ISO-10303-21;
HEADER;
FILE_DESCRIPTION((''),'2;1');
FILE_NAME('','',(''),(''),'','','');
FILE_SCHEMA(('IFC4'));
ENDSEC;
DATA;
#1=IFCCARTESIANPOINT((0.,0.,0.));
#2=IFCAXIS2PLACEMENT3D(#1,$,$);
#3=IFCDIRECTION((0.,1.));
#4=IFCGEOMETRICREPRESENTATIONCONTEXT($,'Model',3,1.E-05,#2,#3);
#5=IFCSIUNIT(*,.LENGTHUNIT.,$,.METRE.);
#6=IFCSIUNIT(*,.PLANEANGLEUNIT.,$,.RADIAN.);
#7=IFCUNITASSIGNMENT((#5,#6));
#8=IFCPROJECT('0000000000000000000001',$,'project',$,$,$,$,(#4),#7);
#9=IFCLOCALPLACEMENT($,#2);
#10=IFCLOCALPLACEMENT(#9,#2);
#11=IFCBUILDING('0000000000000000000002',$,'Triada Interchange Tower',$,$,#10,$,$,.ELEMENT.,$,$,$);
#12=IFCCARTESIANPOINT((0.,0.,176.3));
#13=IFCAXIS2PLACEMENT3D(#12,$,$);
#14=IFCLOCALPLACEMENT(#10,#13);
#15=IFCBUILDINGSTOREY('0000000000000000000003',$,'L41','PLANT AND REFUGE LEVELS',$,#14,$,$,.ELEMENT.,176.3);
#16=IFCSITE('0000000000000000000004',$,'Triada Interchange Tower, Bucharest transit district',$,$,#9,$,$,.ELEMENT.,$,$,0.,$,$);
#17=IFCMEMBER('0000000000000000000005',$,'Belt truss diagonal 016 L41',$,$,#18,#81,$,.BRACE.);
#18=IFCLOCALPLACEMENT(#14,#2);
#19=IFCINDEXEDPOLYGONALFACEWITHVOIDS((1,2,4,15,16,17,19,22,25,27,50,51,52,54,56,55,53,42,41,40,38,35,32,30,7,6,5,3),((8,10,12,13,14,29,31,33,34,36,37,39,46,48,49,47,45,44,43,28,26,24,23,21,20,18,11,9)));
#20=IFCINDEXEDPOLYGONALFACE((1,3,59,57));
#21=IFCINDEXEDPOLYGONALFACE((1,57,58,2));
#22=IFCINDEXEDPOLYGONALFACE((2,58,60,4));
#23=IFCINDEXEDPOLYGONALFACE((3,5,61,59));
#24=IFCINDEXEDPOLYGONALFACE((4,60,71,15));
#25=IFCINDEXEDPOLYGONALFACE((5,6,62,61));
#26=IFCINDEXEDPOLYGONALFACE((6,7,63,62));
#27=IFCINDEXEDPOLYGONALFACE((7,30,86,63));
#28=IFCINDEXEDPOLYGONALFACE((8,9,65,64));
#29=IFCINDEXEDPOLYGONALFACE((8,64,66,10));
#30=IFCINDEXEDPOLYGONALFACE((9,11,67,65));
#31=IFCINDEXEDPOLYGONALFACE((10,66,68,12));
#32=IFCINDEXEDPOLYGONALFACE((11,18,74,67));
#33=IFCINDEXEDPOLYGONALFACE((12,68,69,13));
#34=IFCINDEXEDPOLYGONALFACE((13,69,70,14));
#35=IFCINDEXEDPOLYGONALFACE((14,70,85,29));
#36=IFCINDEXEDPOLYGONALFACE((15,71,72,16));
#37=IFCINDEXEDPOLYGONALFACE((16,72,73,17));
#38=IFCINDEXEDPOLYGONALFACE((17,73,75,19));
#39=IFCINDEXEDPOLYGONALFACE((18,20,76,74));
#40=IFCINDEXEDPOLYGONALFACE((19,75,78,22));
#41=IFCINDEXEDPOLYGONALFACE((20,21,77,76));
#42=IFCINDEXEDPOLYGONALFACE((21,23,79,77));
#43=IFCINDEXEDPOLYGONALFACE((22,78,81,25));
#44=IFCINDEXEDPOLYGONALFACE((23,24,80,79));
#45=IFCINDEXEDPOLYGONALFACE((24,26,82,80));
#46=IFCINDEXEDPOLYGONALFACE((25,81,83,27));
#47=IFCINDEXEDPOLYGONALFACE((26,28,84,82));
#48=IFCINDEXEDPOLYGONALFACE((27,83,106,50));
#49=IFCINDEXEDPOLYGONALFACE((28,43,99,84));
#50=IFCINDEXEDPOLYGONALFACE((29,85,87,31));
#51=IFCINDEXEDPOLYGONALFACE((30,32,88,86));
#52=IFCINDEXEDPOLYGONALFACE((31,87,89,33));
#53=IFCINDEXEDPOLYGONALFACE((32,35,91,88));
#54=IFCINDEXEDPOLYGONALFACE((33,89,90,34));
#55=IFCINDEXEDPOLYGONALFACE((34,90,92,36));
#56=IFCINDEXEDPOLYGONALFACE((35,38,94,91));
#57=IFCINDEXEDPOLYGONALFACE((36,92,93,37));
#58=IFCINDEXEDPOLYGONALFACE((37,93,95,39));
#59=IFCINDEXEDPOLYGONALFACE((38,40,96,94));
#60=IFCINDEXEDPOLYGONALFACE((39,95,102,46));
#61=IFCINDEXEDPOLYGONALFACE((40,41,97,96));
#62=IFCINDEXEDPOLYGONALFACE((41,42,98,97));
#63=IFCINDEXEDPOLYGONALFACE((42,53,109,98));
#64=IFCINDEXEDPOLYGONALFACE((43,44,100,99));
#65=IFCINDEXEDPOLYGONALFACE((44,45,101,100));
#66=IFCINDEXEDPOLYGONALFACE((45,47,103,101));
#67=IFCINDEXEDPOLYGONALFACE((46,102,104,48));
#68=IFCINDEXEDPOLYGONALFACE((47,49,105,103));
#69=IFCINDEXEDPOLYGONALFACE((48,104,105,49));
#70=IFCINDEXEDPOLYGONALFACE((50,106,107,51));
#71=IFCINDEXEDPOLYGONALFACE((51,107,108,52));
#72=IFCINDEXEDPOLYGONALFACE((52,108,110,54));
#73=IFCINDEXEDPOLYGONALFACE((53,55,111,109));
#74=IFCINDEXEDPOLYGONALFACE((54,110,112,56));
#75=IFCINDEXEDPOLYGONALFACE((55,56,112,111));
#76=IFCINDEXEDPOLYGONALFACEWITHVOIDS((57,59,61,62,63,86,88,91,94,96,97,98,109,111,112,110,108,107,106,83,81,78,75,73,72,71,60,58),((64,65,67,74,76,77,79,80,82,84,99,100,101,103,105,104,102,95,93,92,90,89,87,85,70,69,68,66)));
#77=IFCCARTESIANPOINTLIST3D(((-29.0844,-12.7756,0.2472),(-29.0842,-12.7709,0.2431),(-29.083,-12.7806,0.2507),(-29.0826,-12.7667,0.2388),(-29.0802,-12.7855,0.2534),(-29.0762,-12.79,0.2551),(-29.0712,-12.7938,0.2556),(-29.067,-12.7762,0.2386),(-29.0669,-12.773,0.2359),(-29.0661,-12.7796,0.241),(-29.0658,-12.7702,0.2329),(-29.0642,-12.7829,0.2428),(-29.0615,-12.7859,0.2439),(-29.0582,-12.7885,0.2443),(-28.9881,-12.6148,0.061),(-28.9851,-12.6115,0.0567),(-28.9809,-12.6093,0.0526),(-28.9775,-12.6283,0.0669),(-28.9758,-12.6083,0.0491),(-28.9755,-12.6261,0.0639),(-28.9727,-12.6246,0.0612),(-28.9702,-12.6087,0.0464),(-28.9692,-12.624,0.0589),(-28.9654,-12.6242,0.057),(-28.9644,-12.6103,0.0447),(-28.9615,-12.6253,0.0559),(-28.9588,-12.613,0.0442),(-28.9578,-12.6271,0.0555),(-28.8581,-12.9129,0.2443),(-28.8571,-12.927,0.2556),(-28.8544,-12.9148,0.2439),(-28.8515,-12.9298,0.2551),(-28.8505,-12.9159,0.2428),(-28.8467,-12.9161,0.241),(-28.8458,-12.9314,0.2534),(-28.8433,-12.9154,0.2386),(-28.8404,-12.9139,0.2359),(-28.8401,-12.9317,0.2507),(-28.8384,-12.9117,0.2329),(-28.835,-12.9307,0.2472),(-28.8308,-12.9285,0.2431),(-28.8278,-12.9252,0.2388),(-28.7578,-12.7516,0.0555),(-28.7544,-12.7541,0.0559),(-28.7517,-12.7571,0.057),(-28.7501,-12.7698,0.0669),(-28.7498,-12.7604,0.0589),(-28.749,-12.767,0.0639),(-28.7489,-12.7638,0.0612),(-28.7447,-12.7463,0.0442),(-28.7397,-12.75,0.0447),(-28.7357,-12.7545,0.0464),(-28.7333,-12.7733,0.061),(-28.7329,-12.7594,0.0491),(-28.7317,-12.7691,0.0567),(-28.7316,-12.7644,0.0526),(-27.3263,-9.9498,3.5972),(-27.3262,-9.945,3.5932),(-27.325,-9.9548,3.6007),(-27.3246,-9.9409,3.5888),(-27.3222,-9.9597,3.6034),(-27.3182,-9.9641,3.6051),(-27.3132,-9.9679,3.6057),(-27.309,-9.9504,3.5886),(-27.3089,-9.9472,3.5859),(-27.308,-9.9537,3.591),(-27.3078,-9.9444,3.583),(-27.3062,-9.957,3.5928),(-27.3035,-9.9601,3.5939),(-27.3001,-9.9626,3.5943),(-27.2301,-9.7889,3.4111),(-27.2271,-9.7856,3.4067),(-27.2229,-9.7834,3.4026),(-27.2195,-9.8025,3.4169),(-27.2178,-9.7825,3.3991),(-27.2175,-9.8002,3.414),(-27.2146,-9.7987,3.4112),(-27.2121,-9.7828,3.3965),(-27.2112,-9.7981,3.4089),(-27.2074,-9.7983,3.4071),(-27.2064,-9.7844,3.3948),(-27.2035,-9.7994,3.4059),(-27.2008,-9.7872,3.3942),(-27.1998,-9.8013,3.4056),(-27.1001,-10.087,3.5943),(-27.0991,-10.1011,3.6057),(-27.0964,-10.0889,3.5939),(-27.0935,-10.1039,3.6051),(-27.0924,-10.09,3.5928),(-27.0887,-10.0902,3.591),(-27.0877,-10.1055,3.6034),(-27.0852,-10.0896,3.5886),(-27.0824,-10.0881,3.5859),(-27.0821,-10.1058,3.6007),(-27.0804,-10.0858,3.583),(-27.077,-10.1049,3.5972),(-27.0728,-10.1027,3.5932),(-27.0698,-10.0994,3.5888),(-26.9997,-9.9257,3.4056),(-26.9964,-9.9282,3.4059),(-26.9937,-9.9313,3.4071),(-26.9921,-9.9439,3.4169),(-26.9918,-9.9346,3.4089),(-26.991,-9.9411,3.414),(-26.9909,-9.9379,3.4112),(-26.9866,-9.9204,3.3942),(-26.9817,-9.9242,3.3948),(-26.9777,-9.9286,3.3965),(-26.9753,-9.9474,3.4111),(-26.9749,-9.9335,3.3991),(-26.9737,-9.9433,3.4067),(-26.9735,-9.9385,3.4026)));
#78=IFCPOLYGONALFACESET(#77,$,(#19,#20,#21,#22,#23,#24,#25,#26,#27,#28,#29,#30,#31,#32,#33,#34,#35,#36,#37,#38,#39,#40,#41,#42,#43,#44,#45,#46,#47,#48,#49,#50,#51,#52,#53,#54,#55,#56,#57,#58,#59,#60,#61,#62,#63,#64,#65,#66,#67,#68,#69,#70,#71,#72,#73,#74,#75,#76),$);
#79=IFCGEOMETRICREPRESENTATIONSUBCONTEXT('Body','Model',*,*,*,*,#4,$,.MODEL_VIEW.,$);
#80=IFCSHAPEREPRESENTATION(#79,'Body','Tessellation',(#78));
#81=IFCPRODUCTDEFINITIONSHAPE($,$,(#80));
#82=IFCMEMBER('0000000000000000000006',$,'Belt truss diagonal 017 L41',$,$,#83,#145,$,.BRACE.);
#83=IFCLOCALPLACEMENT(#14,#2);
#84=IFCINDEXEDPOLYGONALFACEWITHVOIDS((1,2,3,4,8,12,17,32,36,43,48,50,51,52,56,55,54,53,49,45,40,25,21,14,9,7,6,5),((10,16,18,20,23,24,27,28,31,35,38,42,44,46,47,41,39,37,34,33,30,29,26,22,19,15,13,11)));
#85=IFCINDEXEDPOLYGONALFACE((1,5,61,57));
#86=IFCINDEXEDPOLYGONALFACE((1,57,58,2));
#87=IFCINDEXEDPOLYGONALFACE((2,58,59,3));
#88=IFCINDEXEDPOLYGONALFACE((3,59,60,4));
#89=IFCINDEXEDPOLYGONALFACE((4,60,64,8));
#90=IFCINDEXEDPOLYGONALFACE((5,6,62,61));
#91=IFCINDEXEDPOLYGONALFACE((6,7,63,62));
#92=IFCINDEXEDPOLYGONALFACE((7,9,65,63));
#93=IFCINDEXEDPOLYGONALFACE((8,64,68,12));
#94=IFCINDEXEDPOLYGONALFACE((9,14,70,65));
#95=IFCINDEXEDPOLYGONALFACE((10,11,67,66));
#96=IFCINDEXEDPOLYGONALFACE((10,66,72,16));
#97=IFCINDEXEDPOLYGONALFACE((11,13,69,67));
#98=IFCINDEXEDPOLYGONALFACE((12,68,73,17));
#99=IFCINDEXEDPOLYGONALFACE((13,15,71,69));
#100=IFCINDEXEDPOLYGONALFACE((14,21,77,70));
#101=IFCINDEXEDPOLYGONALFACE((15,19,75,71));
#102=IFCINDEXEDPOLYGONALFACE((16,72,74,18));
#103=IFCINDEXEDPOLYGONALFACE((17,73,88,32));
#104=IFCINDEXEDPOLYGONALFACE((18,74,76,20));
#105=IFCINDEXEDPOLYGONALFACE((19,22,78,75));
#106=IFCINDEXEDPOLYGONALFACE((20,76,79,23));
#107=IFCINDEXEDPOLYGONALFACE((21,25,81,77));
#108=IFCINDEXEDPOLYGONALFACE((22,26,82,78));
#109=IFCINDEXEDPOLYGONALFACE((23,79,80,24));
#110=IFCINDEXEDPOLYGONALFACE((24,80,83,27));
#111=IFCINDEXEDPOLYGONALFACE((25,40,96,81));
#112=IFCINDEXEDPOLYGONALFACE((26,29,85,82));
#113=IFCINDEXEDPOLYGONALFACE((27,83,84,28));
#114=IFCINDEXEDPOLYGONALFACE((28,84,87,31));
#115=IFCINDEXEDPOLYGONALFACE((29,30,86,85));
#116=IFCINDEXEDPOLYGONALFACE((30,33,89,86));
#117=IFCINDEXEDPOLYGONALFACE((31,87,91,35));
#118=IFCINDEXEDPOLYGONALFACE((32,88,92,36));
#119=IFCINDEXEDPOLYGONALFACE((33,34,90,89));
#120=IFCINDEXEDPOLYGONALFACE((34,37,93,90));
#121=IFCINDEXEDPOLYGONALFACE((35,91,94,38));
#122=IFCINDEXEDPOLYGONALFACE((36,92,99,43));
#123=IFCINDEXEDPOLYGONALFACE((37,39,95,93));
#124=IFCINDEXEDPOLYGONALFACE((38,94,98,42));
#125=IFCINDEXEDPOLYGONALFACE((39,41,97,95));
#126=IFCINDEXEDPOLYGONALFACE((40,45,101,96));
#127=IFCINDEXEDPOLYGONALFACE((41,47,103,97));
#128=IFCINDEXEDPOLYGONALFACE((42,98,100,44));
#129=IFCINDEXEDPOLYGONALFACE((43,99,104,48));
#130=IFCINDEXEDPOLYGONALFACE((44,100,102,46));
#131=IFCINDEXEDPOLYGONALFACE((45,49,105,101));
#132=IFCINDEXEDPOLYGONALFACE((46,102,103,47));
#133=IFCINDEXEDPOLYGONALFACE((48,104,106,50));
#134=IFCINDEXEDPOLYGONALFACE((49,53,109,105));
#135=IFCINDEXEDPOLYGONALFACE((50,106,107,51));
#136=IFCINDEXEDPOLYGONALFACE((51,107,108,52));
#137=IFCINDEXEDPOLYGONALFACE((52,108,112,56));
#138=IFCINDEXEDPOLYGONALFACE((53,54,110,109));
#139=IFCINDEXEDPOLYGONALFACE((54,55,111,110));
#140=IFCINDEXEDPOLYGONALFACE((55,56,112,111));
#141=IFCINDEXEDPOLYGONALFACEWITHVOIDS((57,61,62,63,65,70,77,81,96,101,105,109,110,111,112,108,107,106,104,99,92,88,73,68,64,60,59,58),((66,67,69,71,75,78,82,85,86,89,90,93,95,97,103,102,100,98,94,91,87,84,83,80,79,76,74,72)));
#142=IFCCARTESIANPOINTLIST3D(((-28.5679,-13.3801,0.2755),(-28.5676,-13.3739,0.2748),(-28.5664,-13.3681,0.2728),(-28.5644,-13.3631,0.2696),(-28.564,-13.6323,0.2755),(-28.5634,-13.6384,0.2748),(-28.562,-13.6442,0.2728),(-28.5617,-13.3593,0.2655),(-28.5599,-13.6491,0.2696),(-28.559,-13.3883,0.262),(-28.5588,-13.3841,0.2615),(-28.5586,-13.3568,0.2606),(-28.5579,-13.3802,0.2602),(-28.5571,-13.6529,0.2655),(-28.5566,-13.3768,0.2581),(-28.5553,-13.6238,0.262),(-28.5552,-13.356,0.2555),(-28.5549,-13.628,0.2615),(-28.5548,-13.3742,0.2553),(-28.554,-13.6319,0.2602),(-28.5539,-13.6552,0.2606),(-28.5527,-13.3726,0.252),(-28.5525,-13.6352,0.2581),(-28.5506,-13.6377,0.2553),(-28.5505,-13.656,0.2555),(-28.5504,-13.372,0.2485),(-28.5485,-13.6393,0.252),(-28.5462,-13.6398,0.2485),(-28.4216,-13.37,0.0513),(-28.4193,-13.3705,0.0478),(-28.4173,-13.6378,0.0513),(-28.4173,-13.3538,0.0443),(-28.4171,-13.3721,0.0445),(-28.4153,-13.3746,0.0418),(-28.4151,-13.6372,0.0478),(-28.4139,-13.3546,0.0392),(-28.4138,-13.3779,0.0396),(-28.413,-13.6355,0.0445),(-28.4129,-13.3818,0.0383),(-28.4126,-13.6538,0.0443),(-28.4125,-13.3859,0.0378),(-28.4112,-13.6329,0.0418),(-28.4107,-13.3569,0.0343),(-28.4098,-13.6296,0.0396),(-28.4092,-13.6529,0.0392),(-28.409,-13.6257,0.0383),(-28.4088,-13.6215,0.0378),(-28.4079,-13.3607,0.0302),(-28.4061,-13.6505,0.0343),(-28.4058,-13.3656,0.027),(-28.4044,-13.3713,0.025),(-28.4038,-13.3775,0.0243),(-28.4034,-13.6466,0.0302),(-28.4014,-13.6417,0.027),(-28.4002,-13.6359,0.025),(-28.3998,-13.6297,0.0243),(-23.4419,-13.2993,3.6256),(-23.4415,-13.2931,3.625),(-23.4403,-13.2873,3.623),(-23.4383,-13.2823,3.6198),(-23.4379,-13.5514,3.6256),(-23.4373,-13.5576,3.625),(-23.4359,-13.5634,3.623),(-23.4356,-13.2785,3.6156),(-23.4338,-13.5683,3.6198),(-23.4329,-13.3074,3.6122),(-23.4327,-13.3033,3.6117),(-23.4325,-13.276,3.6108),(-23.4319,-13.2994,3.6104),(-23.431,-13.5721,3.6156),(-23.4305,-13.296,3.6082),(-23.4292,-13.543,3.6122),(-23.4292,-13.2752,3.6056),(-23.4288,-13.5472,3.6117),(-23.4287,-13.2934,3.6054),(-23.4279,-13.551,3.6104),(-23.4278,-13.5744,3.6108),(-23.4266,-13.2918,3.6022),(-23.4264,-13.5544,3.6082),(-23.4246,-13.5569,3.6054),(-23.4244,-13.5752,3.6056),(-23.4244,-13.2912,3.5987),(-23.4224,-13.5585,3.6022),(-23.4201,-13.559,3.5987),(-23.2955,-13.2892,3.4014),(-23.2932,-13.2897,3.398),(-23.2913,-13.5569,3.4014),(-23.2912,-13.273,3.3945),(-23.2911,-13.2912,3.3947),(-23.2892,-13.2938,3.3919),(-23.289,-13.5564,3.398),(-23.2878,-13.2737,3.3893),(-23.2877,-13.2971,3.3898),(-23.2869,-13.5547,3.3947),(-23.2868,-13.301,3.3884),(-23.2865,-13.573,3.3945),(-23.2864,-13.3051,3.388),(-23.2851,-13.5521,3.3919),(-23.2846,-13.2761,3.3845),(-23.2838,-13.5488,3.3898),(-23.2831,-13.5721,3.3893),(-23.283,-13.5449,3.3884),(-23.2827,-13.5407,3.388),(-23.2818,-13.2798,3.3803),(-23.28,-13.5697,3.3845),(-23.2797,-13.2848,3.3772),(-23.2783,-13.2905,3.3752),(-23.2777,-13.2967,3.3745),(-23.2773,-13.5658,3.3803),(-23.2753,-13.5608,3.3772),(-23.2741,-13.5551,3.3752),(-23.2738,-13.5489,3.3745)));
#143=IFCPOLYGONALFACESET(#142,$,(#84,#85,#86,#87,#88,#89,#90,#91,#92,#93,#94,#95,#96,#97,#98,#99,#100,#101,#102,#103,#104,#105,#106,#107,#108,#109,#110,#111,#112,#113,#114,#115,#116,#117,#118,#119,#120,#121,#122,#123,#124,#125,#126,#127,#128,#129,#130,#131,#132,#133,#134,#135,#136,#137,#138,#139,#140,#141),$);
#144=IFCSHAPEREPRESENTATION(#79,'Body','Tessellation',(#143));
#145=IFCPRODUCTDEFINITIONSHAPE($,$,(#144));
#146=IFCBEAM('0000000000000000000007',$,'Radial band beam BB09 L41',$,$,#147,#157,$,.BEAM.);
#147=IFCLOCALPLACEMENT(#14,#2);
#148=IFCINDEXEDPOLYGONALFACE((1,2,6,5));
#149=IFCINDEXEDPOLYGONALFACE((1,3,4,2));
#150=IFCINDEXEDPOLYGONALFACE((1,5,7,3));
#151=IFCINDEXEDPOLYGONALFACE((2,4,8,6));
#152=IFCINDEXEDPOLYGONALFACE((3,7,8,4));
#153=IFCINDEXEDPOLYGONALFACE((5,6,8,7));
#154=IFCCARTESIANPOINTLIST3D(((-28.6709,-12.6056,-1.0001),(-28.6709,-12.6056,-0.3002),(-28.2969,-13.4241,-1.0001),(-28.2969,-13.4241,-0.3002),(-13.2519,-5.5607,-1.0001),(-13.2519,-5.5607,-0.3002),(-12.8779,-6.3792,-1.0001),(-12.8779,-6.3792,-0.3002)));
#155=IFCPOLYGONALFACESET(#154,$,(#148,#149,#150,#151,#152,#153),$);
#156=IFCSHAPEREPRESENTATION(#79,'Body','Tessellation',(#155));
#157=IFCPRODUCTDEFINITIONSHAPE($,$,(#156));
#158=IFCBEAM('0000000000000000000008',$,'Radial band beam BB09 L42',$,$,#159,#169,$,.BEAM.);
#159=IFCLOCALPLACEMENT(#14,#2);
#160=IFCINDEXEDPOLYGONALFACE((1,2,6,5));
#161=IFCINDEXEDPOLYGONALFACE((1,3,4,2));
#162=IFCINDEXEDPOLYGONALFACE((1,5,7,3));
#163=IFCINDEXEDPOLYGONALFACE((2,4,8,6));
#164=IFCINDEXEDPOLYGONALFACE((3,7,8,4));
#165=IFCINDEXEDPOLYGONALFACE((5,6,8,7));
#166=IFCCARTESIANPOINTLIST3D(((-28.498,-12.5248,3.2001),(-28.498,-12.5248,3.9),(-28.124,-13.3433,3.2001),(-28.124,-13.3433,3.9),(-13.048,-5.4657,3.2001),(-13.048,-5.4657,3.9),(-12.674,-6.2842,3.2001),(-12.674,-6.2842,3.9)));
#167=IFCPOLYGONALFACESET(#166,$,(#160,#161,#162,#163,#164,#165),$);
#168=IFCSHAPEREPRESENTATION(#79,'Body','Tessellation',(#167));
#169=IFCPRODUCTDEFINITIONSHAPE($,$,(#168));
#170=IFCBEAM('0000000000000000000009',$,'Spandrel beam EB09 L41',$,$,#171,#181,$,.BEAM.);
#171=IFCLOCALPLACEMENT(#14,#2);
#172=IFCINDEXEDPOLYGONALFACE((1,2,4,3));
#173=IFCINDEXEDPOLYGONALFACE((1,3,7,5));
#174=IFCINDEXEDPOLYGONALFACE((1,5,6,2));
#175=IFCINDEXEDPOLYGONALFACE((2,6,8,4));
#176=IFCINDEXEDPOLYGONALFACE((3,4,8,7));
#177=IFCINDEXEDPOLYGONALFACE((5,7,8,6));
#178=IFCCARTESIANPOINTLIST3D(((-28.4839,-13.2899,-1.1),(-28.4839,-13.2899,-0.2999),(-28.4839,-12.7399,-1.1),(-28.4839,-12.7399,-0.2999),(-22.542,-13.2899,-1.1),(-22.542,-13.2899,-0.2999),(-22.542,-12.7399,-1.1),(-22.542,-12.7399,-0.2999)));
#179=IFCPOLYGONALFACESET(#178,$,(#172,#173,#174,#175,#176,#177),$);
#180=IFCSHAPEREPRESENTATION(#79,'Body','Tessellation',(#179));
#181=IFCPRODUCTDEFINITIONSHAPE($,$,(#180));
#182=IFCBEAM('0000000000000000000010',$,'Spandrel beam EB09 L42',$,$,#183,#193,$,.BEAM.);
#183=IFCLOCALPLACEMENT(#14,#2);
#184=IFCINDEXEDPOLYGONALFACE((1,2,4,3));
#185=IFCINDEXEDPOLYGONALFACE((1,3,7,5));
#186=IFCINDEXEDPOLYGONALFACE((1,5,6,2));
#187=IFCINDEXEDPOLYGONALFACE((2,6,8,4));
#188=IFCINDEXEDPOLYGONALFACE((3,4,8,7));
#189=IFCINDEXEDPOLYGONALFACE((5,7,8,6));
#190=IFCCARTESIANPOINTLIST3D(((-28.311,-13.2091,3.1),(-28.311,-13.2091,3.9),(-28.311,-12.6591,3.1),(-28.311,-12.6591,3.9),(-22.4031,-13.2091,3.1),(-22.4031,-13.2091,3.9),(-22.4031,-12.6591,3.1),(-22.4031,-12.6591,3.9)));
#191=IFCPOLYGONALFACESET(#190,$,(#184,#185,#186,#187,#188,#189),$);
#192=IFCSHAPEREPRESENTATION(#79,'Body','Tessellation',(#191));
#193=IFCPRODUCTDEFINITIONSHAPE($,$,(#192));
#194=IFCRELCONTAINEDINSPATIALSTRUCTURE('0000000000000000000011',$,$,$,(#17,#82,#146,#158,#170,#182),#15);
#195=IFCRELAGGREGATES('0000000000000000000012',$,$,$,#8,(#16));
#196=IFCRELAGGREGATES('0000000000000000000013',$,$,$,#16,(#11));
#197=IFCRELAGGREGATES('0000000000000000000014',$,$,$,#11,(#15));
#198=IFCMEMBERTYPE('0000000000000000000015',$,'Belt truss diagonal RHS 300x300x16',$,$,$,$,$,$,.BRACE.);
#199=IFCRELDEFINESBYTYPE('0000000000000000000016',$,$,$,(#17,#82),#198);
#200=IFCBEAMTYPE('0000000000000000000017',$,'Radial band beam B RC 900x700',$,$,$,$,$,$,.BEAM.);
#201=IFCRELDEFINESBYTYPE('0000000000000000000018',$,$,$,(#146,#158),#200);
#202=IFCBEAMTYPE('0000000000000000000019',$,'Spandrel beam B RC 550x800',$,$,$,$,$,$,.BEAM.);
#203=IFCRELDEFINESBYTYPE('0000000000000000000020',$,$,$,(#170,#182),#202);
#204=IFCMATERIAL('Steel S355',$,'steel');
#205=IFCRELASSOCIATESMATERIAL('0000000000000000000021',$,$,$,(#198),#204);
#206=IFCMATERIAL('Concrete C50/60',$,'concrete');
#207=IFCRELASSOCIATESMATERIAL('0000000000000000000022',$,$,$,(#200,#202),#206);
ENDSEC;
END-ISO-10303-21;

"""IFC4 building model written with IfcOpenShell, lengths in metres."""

from ifc_helpers import new_model, si_unit, direction, frame, origin, origin_2d, place, context, subcontext, project, spatial, rectangle, hollow_rectangle, extrude, material, material_profile, profile_set, type_object, element, save


model = new_model("IFC4")

# Units and contexts
model_context = context("Model", 3, precision=1e-05, world=origin(), true_north=direction((0.0, 1.0)))
body_context = subcontext(model_context, "Body", "Model", "MODEL_VIEW")
ifc_project = project(units=[si_unit("LENGTHUNIT", "METRE"), si_unit("PLANEANGLEUNIT", "RADIAN")], contexts=[model_context])

# Site, building, storey
site_placement = place(None, origin())
site = spatial("IfcSite", under=ifc_project, at=site_placement, Name="Triada Interchange Tower, Bucharest transit district", CompositionType="ELEMENT", RefElevation=0.0)
building_placement = place(site_placement, origin())
building = spatial("IfcBuilding", under=site, at=building_placement, Name="Triada Interchange Tower", CompositionType="ELEMENT")
storey_placement = place(building_placement, frame((0.0, 0.0, 176.3)))
storey = spatial("IfcBuildingStorey", under=building, at=storey_placement, Name="L41", Description="PLANT AND REFUGE LEVELS", CompositionType="ELEMENT", Elevation=176.3)

# Members
ifc_material_1 = material(Name="Steel S355", Category="steel")
ifc_material_profile_1 = material_profile(ifc_material_1, hollow_rectangle(XDim=0.3, YDim=0.3, WallThickness=0.0161, InnerFilletRadius=0.0161, OuterFilletRadius=0.0239, at=origin_2d()), Name="RHS 300x300x16")
ifc_profile_set_1 = profile_set([ifc_material_profile_1], Name="Steel S355")
member_type = type_object("IfcMemberType", Name="Belt truss diagonal RHS 300x300x16", PredefinedType="BRACE", material=ifc_profile_set_1)
member_1_placement = place(storey_placement, frame((-28.908, -12.77, 0.1499), z_axis=(0.372291, 0.598426, 0.709426), x_axis=(-0.849097, 0.528237, 0.0)))
element("IfcMember", 1, at=member_1_placement, inside=storey, type_object=member_type, Name="Belt truss diagonal 016 L41", PredefinedType="BRACE", context=body_context, shape_type="SweptSolid", body=[
    extrude(hollow_rectangle(XDim=0.3, YDim=0.3, WallThickness=0.0161, InnerFilletRadius=0.0161, OuterFilletRadius=0.0239, at=origin_2d()), origin(), (0.0, 0.0, 1.0), 4.7222),
])
member_2_placement = place(storey_placement, frame((-28.4839, -13.5049, 0.1499), z_axis=(0.837009, 0.013195, 0.54703), x_axis=(-0.015763, 0.999876, 0.0)))
element("IfcMember", 2, at=member_2_placement, inside=storey, type_object=member_type, Name="Belt truss diagonal 017 L41", PredefinedType="BRACE", context=body_context, shape_type="SweptSolid", body=[
    extrude(hollow_rectangle(XDim=0.3, YDim=0.3, WallThickness=0.0161, InnerFilletRadius=0.0161, OuterFilletRadius=0.0239, at=origin_2d()), origin(), (0.0, 0.0, 1.0), 6.1243),
])

# Beams
ifc_material_2 = material(Name="Concrete C50/60", Category="concrete")
ifc_material_profile_2 = material_profile(ifc_material_2, rectangle(XDim=0.8999, YDim=0.7, at=origin_2d()), Name="RC 900x700")
ifc_profile_set_2 = profile_set([ifc_material_profile_2], Name="Concrete C50/60")
beam_type_1 = type_object("IfcBeamType", Name="Radial band beam B RC 900x700", PredefinedType="BEAM", material=ifc_profile_set_2)
beam_1_placement = place(storey_placement, frame((-28.4839, -13.0149, -0.6501), z_axis=(0.909558, 0.415577, 0.0), x_axis=(-0.415577, 0.909558, 0.0)))
element("IfcBeam", 3, at=beam_1_placement, inside=storey, type_object=beam_type_1, Name="Radial band beam BB09 L41", PredefinedType="BEAM", context=body_context, shape_type="SweptSolid", body=[
    extrude(rectangle(XDim=0.8999, YDim=0.7, at=origin_2d()), origin(), (0.0, 0.0, 1.0), 16.9521),
])
beam_2_placement = place(storey_placement, frame((-28.311, -12.9341, 3.55), z_axis=(0.909558, 0.415577, 0.0), x_axis=(-0.415577, 0.909558, 0.0)))
element("IfcBeam", 4, at=beam_2_placement, inside=storey, type_object=beam_type_1, Name="Radial band beam BB09 L42", PredefinedType="BEAM", context=body_context, shape_type="SweptSolid", body=[
    extrude(rectangle(XDim=0.8999, YDim=0.7, at=origin_2d()), origin(), (0.0, 0.0, 1.0), 16.9863),
])
ifc_material_profile_3 = material_profile(ifc_material_2, rectangle(XDim=0.55, YDim=0.8, at=origin_2d()), Name="RC 550x800")
ifc_profile_set_3 = profile_set([ifc_material_profile_3], Name="Concrete C50/60")
beam_type_2 = type_object("IfcBeamType", Name="Spandrel beam B RC 550x800", PredefinedType="BEAM", material=ifc_profile_set_3)
beam_3_placement = place(storey_placement, frame((-28.4839, -13.0149, -0.7), z_axis=(1.0, 0.0, 0.0), x_axis=(0.0, 1.0, 0.0)))
element("IfcBeam", 5, at=beam_3_placement, inside=storey, type_object=beam_type_2, Name="Spandrel beam EB09 L41", PredefinedType="BEAM", context=body_context, shape_type="SweptSolid", body=[
    extrude(rectangle(XDim=0.55, YDim=0.8, at=origin_2d()), origin(), (0.0, 0.0, 1.0), 5.9419),
])
beam_4_placement = place(storey_placement, frame((-28.311, -12.9341, 3.5), z_axis=(1.0, 0.0, 0.0), x_axis=(0.0, 1.0, 0.0)))
element("IfcBeam", 6, at=beam_4_placement, inside=storey, type_object=beam_type_2, Name="Spandrel beam EB09 L42", PredefinedType="BEAM", context=body_context, shape_type="SweptSolid", body=[
    extrude(rectangle(XDim=0.55, YDim=0.8, at=origin_2d()), origin(), (0.0, 0.0, 1.0), 5.908),
])

save(model, "model.ifc")
